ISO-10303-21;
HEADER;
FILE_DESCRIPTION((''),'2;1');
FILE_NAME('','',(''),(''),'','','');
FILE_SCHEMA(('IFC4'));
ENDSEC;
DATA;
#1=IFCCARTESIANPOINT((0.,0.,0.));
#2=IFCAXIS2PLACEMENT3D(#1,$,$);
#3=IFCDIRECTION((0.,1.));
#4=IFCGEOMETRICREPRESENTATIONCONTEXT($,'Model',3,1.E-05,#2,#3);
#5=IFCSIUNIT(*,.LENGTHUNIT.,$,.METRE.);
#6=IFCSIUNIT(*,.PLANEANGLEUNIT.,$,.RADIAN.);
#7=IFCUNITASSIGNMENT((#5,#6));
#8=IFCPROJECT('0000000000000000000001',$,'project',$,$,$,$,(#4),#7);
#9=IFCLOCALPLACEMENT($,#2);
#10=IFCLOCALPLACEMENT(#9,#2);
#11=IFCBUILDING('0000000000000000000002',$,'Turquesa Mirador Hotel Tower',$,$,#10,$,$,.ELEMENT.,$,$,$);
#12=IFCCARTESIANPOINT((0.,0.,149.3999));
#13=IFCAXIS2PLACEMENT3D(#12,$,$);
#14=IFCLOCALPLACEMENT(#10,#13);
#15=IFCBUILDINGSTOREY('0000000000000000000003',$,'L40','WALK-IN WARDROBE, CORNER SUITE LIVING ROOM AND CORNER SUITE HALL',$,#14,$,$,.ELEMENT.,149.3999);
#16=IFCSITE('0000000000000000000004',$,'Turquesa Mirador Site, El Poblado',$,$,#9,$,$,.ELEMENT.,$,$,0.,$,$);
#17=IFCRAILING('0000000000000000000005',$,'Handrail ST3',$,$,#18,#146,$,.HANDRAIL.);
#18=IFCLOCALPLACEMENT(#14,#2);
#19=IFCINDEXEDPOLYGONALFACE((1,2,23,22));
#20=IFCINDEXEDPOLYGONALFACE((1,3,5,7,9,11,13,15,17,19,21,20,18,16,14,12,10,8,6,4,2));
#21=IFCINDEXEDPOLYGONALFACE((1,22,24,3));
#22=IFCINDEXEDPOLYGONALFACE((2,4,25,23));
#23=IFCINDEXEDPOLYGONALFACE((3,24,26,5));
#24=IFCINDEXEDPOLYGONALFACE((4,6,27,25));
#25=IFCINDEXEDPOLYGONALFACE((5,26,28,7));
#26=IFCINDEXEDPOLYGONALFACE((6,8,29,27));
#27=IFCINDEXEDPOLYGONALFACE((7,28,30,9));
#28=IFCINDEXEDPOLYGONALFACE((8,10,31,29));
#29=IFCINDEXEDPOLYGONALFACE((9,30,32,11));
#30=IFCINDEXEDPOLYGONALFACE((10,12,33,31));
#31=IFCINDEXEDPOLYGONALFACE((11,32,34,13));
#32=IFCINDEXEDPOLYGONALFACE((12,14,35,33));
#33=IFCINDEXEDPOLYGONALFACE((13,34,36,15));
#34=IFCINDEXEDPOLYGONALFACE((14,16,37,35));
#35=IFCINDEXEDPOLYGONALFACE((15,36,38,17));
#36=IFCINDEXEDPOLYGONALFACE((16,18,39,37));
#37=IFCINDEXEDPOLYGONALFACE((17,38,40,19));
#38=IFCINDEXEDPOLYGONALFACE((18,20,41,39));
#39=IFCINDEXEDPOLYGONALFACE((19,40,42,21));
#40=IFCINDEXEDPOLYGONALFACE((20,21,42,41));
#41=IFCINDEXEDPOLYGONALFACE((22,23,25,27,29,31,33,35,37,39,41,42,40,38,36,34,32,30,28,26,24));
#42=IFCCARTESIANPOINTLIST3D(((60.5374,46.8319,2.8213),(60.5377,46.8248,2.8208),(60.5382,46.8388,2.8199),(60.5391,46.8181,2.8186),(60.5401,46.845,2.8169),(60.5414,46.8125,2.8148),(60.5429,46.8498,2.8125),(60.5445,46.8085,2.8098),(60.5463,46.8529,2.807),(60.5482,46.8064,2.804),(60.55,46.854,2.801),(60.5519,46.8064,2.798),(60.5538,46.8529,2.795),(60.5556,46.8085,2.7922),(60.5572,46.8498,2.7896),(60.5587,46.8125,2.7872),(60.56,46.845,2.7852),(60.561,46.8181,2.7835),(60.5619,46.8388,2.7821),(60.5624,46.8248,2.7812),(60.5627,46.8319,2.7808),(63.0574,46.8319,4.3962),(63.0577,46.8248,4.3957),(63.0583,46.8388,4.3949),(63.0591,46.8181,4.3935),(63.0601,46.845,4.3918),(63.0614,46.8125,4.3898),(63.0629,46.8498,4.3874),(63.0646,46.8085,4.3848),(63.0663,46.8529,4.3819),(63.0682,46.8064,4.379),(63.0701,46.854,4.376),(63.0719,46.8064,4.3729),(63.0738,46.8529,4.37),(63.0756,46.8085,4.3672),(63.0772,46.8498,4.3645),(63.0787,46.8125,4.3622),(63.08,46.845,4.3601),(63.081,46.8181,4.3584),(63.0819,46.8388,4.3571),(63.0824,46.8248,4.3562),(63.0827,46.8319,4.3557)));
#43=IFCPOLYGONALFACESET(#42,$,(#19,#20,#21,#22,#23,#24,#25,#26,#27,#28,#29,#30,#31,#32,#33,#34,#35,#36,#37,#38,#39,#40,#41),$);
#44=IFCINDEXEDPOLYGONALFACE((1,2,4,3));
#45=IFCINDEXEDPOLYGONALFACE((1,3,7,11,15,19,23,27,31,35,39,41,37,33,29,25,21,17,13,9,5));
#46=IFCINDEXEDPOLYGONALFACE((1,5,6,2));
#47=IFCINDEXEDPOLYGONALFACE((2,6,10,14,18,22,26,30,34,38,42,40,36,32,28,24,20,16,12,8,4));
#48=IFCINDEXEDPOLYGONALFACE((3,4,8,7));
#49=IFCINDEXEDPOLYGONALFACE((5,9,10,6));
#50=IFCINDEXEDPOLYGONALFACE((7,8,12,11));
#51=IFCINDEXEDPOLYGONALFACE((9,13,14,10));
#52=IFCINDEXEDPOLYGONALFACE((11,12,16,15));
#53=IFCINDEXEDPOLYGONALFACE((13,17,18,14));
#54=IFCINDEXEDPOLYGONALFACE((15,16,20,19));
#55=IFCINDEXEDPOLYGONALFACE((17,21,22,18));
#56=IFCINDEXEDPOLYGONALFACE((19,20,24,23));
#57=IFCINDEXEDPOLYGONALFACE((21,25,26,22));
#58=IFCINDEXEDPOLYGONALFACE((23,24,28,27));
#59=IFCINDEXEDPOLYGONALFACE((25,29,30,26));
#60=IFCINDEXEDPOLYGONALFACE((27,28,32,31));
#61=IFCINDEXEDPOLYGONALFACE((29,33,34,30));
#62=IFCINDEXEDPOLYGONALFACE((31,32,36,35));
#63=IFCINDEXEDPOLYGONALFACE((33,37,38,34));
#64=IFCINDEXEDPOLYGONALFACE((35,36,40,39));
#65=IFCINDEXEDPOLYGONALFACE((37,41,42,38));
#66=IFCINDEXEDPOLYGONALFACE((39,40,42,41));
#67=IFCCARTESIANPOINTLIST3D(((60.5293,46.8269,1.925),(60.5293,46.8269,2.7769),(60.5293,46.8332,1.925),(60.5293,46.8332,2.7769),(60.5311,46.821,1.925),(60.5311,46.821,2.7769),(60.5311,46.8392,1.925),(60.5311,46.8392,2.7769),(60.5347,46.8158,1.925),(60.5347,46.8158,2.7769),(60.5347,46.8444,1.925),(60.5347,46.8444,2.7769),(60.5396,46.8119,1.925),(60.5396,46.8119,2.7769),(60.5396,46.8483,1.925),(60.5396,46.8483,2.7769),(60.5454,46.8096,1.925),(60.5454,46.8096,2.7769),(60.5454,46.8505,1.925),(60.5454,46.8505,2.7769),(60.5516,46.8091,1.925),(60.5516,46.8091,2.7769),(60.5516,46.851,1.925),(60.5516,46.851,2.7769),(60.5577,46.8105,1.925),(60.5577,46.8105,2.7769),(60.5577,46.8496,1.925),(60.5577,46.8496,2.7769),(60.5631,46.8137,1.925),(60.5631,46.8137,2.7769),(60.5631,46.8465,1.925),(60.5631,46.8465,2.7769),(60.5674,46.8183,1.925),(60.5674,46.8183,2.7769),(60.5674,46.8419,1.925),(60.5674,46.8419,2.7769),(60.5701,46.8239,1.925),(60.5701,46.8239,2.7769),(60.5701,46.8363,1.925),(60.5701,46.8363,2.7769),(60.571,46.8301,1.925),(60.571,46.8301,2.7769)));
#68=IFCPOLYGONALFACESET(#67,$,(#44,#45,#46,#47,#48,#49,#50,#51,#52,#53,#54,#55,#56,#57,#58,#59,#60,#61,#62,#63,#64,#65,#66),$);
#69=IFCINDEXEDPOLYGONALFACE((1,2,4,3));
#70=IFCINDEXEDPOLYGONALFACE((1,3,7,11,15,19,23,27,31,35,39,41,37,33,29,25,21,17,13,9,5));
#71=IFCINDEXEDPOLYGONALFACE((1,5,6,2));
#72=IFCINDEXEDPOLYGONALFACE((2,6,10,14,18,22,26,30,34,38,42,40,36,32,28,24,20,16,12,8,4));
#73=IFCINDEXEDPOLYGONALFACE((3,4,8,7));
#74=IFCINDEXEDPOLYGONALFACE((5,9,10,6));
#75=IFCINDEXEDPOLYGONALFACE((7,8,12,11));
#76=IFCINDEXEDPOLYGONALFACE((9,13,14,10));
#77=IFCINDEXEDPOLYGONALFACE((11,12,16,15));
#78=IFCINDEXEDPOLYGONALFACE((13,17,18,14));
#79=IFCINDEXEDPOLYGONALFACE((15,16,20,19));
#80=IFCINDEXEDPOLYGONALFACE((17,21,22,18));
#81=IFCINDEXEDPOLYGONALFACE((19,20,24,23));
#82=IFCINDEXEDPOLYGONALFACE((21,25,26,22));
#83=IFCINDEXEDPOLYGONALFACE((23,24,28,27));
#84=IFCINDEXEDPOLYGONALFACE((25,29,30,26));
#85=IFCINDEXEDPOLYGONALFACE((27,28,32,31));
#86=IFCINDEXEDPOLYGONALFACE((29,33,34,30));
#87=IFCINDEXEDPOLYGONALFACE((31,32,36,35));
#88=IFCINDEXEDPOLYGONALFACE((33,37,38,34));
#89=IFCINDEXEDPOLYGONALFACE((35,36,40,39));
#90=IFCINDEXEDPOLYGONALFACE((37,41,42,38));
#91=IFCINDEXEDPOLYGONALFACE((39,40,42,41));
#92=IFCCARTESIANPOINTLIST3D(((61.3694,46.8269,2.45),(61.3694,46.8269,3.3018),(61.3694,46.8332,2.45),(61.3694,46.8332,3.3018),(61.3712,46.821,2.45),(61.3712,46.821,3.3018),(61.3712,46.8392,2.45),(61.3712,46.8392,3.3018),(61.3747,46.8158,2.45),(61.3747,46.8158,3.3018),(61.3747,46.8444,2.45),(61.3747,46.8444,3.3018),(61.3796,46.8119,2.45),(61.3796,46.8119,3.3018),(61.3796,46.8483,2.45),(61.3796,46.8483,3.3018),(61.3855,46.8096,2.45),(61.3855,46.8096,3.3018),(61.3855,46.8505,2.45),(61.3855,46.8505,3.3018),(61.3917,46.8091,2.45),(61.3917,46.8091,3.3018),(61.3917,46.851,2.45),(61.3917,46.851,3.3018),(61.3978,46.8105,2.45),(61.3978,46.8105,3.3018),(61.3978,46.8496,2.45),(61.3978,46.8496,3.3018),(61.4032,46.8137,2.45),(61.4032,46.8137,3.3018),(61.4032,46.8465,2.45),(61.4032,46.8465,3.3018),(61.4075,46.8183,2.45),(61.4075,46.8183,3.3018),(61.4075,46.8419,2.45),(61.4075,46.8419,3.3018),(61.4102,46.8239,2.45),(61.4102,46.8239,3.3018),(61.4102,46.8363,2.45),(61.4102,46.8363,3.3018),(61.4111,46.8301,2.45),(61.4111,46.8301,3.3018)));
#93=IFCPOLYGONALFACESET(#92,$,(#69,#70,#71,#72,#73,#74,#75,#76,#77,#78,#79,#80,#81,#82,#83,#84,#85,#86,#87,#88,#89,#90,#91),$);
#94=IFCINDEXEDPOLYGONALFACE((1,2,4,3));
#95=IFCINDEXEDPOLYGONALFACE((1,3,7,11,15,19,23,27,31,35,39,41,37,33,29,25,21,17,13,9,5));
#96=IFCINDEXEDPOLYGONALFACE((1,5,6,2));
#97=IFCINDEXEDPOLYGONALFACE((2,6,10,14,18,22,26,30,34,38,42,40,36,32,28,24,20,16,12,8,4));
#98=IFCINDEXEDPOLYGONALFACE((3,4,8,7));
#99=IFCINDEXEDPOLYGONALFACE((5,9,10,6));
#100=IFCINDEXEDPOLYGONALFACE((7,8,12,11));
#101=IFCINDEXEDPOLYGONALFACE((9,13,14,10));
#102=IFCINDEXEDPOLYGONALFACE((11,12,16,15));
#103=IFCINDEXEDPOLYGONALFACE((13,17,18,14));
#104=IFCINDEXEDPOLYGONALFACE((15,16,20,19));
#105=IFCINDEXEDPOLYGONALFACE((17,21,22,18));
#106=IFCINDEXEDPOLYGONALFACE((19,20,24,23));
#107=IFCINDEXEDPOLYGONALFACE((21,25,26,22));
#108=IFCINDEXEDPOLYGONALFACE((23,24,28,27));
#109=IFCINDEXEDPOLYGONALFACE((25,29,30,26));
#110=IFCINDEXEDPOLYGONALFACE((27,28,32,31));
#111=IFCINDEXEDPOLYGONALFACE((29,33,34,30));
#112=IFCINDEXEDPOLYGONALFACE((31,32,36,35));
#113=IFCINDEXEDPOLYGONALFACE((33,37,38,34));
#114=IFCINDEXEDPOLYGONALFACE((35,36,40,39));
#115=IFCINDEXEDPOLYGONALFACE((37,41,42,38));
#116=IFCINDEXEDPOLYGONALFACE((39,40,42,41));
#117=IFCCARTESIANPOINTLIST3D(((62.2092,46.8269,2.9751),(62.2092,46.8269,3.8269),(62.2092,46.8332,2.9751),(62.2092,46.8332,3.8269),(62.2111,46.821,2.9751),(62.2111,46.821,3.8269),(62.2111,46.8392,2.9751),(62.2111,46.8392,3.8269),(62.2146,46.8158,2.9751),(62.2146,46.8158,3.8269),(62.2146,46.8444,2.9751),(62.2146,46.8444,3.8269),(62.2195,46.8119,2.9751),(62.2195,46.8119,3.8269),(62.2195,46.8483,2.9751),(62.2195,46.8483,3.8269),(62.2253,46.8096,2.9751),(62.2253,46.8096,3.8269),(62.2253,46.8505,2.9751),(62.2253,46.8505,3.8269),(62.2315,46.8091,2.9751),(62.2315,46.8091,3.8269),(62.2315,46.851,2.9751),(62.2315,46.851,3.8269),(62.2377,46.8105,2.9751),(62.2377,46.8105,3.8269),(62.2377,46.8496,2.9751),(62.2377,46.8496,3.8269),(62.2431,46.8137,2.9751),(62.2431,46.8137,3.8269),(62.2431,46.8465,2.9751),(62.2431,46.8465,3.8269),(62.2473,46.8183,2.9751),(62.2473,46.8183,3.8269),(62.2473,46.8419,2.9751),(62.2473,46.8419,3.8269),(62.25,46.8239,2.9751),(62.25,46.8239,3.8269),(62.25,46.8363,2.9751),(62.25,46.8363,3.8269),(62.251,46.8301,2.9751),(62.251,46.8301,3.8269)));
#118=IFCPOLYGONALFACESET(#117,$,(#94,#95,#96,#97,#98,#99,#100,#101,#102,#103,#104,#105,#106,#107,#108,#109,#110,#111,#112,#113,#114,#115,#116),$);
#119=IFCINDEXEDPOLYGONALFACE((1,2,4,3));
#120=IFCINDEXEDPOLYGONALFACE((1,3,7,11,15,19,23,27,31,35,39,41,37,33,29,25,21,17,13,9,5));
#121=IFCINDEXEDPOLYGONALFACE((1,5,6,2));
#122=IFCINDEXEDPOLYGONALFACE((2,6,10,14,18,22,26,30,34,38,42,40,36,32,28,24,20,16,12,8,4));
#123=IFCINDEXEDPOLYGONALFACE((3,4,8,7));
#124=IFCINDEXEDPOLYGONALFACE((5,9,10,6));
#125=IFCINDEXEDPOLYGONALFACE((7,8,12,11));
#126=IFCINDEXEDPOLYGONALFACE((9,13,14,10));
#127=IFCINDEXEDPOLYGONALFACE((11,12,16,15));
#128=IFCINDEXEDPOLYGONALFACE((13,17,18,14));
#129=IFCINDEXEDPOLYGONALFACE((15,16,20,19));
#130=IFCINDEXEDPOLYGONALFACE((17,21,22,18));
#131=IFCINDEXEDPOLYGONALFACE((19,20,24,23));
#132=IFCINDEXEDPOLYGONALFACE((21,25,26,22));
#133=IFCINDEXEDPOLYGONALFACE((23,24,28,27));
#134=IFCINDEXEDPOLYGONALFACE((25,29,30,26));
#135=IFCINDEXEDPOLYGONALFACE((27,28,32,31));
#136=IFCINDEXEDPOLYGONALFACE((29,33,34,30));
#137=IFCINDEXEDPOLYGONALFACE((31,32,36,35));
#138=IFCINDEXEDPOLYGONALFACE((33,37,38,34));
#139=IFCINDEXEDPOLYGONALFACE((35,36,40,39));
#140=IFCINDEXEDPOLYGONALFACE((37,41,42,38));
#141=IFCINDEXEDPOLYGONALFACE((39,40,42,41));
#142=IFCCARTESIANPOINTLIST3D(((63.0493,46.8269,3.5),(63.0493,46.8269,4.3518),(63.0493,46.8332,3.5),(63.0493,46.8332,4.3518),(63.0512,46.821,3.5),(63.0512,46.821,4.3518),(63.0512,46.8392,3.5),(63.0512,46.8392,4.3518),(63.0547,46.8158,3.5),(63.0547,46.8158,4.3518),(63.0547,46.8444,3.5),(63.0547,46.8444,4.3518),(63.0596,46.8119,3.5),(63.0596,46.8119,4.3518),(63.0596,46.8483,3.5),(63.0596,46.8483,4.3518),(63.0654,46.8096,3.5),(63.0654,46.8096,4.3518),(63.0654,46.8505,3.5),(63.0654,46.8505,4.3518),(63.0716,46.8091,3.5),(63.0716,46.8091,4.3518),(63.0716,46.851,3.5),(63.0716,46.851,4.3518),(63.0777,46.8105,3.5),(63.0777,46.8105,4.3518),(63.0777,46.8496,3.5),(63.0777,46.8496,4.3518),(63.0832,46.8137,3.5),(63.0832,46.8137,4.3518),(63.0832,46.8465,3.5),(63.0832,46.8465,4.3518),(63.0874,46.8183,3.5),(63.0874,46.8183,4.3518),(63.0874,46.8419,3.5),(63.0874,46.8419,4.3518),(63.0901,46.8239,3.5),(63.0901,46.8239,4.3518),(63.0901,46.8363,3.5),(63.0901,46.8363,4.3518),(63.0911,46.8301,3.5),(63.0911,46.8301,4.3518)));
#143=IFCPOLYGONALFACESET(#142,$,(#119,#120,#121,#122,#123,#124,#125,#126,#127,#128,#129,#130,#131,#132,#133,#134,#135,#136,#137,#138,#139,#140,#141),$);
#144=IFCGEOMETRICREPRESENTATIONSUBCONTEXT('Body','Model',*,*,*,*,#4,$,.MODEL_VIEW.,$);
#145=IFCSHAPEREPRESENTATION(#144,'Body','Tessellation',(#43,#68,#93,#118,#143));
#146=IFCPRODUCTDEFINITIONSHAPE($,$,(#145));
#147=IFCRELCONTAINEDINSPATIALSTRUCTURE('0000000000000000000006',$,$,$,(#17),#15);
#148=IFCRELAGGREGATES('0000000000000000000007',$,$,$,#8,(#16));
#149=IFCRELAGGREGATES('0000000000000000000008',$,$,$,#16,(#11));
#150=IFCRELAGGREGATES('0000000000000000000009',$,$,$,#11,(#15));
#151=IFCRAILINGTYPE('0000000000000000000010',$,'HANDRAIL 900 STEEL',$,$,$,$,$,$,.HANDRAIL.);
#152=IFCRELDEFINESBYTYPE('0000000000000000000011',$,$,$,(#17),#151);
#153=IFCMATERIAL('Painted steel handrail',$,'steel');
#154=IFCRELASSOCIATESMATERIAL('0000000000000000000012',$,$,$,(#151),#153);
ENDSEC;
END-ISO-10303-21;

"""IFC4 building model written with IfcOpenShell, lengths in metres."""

from ifc_helpers import new_model, si_unit, direction, frame, origin, origin_2d, place, context, subcontext, project, spatial, circle, extrude, material, type_object, element, save


model = new_model("IFC4")

# Units and contexts
model_context = context("Model", 3, precision=1e-05, world=origin(), true_north=direction((0.0, 1.0)))
body_context = subcontext(model_context, "Body", "Model", "MODEL_VIEW")
ifc_project = project(units=[si_unit("LENGTHUNIT", "METRE"), si_unit("PLANEANGLEUNIT", "RADIAN")], contexts=[model_context])

# Site, building, storey
site_placement = place(None, origin())
site = spatial("IfcSite", under=ifc_project, at=site_placement, Name="Turquesa Mirador Site, El Poblado", CompositionType="ELEMENT", RefElevation=0.0)
building_placement = place(site_placement, origin())
building = spatial("IfcBuilding", under=site, at=building_placement, Name="Turquesa Mirador Hotel Tower", CompositionType="ELEMENT")
storey_placement = place(building_placement, frame((0.0, 0.0, 149.3999)))
storey = spatial("IfcBuildingStorey", under=building, at=storey_placement, Name="L40", Description="WALK-IN WARDROBE, CORNER SUITE LIVING ROOM AND CORNER SUITE HALL", CompositionType="ELEMENT", Elevation=149.3999)

# Railing
ifc_material_1 = material(Name="Painted steel handrail", Category="steel")
railing_type = type_object("IfcRailingType", Name="HANDRAIL 900 STEEL", PredefinedType="HANDRAIL", material=ifc_material_1)
railing_1_placement = place(storey_placement, frame((60.55, 46.8301, 1.925)))
element("IfcRailing", 1, at=railing_1_placement, inside=storey, type_object=railing_type, Name="Handrail ST3", PredefinedType="HANDRAIL", context=body_context, shape_type="SweptSolid", body=[
    extrude(circle(Radius=0.0239, at=origin_2d()), frame((0.0, 0.0, 0.876), z_axis=(0.848008, 0.0, 0.529984), x_axis=(0.0, 1.0, 0.0)), (0.0, 0.0, 1.0), 2.9717),
    extrude(circle(Radius=0.021, at=origin_2d()), origin(), (0.0, 0.0, 1.0), 0.8518),
    extrude(circle(Radius=0.021, at=origin_2d()), frame((0.8401, 0.0, 0.5249)), (0.0, 0.0, 1.0), 0.8518),
    extrude(circle(Radius=0.021, at=origin_2d()), frame((1.6799, 0.0, 1.05)), (0.0, 0.0, 1.0), 0.8518),
    extrude(circle(Radius=0.021, at=origin_2d()), frame((2.52, 0.0, 1.575)), (0.0, 0.0, 1.0), 0.8518),
])

save(model, "model.ifc")
